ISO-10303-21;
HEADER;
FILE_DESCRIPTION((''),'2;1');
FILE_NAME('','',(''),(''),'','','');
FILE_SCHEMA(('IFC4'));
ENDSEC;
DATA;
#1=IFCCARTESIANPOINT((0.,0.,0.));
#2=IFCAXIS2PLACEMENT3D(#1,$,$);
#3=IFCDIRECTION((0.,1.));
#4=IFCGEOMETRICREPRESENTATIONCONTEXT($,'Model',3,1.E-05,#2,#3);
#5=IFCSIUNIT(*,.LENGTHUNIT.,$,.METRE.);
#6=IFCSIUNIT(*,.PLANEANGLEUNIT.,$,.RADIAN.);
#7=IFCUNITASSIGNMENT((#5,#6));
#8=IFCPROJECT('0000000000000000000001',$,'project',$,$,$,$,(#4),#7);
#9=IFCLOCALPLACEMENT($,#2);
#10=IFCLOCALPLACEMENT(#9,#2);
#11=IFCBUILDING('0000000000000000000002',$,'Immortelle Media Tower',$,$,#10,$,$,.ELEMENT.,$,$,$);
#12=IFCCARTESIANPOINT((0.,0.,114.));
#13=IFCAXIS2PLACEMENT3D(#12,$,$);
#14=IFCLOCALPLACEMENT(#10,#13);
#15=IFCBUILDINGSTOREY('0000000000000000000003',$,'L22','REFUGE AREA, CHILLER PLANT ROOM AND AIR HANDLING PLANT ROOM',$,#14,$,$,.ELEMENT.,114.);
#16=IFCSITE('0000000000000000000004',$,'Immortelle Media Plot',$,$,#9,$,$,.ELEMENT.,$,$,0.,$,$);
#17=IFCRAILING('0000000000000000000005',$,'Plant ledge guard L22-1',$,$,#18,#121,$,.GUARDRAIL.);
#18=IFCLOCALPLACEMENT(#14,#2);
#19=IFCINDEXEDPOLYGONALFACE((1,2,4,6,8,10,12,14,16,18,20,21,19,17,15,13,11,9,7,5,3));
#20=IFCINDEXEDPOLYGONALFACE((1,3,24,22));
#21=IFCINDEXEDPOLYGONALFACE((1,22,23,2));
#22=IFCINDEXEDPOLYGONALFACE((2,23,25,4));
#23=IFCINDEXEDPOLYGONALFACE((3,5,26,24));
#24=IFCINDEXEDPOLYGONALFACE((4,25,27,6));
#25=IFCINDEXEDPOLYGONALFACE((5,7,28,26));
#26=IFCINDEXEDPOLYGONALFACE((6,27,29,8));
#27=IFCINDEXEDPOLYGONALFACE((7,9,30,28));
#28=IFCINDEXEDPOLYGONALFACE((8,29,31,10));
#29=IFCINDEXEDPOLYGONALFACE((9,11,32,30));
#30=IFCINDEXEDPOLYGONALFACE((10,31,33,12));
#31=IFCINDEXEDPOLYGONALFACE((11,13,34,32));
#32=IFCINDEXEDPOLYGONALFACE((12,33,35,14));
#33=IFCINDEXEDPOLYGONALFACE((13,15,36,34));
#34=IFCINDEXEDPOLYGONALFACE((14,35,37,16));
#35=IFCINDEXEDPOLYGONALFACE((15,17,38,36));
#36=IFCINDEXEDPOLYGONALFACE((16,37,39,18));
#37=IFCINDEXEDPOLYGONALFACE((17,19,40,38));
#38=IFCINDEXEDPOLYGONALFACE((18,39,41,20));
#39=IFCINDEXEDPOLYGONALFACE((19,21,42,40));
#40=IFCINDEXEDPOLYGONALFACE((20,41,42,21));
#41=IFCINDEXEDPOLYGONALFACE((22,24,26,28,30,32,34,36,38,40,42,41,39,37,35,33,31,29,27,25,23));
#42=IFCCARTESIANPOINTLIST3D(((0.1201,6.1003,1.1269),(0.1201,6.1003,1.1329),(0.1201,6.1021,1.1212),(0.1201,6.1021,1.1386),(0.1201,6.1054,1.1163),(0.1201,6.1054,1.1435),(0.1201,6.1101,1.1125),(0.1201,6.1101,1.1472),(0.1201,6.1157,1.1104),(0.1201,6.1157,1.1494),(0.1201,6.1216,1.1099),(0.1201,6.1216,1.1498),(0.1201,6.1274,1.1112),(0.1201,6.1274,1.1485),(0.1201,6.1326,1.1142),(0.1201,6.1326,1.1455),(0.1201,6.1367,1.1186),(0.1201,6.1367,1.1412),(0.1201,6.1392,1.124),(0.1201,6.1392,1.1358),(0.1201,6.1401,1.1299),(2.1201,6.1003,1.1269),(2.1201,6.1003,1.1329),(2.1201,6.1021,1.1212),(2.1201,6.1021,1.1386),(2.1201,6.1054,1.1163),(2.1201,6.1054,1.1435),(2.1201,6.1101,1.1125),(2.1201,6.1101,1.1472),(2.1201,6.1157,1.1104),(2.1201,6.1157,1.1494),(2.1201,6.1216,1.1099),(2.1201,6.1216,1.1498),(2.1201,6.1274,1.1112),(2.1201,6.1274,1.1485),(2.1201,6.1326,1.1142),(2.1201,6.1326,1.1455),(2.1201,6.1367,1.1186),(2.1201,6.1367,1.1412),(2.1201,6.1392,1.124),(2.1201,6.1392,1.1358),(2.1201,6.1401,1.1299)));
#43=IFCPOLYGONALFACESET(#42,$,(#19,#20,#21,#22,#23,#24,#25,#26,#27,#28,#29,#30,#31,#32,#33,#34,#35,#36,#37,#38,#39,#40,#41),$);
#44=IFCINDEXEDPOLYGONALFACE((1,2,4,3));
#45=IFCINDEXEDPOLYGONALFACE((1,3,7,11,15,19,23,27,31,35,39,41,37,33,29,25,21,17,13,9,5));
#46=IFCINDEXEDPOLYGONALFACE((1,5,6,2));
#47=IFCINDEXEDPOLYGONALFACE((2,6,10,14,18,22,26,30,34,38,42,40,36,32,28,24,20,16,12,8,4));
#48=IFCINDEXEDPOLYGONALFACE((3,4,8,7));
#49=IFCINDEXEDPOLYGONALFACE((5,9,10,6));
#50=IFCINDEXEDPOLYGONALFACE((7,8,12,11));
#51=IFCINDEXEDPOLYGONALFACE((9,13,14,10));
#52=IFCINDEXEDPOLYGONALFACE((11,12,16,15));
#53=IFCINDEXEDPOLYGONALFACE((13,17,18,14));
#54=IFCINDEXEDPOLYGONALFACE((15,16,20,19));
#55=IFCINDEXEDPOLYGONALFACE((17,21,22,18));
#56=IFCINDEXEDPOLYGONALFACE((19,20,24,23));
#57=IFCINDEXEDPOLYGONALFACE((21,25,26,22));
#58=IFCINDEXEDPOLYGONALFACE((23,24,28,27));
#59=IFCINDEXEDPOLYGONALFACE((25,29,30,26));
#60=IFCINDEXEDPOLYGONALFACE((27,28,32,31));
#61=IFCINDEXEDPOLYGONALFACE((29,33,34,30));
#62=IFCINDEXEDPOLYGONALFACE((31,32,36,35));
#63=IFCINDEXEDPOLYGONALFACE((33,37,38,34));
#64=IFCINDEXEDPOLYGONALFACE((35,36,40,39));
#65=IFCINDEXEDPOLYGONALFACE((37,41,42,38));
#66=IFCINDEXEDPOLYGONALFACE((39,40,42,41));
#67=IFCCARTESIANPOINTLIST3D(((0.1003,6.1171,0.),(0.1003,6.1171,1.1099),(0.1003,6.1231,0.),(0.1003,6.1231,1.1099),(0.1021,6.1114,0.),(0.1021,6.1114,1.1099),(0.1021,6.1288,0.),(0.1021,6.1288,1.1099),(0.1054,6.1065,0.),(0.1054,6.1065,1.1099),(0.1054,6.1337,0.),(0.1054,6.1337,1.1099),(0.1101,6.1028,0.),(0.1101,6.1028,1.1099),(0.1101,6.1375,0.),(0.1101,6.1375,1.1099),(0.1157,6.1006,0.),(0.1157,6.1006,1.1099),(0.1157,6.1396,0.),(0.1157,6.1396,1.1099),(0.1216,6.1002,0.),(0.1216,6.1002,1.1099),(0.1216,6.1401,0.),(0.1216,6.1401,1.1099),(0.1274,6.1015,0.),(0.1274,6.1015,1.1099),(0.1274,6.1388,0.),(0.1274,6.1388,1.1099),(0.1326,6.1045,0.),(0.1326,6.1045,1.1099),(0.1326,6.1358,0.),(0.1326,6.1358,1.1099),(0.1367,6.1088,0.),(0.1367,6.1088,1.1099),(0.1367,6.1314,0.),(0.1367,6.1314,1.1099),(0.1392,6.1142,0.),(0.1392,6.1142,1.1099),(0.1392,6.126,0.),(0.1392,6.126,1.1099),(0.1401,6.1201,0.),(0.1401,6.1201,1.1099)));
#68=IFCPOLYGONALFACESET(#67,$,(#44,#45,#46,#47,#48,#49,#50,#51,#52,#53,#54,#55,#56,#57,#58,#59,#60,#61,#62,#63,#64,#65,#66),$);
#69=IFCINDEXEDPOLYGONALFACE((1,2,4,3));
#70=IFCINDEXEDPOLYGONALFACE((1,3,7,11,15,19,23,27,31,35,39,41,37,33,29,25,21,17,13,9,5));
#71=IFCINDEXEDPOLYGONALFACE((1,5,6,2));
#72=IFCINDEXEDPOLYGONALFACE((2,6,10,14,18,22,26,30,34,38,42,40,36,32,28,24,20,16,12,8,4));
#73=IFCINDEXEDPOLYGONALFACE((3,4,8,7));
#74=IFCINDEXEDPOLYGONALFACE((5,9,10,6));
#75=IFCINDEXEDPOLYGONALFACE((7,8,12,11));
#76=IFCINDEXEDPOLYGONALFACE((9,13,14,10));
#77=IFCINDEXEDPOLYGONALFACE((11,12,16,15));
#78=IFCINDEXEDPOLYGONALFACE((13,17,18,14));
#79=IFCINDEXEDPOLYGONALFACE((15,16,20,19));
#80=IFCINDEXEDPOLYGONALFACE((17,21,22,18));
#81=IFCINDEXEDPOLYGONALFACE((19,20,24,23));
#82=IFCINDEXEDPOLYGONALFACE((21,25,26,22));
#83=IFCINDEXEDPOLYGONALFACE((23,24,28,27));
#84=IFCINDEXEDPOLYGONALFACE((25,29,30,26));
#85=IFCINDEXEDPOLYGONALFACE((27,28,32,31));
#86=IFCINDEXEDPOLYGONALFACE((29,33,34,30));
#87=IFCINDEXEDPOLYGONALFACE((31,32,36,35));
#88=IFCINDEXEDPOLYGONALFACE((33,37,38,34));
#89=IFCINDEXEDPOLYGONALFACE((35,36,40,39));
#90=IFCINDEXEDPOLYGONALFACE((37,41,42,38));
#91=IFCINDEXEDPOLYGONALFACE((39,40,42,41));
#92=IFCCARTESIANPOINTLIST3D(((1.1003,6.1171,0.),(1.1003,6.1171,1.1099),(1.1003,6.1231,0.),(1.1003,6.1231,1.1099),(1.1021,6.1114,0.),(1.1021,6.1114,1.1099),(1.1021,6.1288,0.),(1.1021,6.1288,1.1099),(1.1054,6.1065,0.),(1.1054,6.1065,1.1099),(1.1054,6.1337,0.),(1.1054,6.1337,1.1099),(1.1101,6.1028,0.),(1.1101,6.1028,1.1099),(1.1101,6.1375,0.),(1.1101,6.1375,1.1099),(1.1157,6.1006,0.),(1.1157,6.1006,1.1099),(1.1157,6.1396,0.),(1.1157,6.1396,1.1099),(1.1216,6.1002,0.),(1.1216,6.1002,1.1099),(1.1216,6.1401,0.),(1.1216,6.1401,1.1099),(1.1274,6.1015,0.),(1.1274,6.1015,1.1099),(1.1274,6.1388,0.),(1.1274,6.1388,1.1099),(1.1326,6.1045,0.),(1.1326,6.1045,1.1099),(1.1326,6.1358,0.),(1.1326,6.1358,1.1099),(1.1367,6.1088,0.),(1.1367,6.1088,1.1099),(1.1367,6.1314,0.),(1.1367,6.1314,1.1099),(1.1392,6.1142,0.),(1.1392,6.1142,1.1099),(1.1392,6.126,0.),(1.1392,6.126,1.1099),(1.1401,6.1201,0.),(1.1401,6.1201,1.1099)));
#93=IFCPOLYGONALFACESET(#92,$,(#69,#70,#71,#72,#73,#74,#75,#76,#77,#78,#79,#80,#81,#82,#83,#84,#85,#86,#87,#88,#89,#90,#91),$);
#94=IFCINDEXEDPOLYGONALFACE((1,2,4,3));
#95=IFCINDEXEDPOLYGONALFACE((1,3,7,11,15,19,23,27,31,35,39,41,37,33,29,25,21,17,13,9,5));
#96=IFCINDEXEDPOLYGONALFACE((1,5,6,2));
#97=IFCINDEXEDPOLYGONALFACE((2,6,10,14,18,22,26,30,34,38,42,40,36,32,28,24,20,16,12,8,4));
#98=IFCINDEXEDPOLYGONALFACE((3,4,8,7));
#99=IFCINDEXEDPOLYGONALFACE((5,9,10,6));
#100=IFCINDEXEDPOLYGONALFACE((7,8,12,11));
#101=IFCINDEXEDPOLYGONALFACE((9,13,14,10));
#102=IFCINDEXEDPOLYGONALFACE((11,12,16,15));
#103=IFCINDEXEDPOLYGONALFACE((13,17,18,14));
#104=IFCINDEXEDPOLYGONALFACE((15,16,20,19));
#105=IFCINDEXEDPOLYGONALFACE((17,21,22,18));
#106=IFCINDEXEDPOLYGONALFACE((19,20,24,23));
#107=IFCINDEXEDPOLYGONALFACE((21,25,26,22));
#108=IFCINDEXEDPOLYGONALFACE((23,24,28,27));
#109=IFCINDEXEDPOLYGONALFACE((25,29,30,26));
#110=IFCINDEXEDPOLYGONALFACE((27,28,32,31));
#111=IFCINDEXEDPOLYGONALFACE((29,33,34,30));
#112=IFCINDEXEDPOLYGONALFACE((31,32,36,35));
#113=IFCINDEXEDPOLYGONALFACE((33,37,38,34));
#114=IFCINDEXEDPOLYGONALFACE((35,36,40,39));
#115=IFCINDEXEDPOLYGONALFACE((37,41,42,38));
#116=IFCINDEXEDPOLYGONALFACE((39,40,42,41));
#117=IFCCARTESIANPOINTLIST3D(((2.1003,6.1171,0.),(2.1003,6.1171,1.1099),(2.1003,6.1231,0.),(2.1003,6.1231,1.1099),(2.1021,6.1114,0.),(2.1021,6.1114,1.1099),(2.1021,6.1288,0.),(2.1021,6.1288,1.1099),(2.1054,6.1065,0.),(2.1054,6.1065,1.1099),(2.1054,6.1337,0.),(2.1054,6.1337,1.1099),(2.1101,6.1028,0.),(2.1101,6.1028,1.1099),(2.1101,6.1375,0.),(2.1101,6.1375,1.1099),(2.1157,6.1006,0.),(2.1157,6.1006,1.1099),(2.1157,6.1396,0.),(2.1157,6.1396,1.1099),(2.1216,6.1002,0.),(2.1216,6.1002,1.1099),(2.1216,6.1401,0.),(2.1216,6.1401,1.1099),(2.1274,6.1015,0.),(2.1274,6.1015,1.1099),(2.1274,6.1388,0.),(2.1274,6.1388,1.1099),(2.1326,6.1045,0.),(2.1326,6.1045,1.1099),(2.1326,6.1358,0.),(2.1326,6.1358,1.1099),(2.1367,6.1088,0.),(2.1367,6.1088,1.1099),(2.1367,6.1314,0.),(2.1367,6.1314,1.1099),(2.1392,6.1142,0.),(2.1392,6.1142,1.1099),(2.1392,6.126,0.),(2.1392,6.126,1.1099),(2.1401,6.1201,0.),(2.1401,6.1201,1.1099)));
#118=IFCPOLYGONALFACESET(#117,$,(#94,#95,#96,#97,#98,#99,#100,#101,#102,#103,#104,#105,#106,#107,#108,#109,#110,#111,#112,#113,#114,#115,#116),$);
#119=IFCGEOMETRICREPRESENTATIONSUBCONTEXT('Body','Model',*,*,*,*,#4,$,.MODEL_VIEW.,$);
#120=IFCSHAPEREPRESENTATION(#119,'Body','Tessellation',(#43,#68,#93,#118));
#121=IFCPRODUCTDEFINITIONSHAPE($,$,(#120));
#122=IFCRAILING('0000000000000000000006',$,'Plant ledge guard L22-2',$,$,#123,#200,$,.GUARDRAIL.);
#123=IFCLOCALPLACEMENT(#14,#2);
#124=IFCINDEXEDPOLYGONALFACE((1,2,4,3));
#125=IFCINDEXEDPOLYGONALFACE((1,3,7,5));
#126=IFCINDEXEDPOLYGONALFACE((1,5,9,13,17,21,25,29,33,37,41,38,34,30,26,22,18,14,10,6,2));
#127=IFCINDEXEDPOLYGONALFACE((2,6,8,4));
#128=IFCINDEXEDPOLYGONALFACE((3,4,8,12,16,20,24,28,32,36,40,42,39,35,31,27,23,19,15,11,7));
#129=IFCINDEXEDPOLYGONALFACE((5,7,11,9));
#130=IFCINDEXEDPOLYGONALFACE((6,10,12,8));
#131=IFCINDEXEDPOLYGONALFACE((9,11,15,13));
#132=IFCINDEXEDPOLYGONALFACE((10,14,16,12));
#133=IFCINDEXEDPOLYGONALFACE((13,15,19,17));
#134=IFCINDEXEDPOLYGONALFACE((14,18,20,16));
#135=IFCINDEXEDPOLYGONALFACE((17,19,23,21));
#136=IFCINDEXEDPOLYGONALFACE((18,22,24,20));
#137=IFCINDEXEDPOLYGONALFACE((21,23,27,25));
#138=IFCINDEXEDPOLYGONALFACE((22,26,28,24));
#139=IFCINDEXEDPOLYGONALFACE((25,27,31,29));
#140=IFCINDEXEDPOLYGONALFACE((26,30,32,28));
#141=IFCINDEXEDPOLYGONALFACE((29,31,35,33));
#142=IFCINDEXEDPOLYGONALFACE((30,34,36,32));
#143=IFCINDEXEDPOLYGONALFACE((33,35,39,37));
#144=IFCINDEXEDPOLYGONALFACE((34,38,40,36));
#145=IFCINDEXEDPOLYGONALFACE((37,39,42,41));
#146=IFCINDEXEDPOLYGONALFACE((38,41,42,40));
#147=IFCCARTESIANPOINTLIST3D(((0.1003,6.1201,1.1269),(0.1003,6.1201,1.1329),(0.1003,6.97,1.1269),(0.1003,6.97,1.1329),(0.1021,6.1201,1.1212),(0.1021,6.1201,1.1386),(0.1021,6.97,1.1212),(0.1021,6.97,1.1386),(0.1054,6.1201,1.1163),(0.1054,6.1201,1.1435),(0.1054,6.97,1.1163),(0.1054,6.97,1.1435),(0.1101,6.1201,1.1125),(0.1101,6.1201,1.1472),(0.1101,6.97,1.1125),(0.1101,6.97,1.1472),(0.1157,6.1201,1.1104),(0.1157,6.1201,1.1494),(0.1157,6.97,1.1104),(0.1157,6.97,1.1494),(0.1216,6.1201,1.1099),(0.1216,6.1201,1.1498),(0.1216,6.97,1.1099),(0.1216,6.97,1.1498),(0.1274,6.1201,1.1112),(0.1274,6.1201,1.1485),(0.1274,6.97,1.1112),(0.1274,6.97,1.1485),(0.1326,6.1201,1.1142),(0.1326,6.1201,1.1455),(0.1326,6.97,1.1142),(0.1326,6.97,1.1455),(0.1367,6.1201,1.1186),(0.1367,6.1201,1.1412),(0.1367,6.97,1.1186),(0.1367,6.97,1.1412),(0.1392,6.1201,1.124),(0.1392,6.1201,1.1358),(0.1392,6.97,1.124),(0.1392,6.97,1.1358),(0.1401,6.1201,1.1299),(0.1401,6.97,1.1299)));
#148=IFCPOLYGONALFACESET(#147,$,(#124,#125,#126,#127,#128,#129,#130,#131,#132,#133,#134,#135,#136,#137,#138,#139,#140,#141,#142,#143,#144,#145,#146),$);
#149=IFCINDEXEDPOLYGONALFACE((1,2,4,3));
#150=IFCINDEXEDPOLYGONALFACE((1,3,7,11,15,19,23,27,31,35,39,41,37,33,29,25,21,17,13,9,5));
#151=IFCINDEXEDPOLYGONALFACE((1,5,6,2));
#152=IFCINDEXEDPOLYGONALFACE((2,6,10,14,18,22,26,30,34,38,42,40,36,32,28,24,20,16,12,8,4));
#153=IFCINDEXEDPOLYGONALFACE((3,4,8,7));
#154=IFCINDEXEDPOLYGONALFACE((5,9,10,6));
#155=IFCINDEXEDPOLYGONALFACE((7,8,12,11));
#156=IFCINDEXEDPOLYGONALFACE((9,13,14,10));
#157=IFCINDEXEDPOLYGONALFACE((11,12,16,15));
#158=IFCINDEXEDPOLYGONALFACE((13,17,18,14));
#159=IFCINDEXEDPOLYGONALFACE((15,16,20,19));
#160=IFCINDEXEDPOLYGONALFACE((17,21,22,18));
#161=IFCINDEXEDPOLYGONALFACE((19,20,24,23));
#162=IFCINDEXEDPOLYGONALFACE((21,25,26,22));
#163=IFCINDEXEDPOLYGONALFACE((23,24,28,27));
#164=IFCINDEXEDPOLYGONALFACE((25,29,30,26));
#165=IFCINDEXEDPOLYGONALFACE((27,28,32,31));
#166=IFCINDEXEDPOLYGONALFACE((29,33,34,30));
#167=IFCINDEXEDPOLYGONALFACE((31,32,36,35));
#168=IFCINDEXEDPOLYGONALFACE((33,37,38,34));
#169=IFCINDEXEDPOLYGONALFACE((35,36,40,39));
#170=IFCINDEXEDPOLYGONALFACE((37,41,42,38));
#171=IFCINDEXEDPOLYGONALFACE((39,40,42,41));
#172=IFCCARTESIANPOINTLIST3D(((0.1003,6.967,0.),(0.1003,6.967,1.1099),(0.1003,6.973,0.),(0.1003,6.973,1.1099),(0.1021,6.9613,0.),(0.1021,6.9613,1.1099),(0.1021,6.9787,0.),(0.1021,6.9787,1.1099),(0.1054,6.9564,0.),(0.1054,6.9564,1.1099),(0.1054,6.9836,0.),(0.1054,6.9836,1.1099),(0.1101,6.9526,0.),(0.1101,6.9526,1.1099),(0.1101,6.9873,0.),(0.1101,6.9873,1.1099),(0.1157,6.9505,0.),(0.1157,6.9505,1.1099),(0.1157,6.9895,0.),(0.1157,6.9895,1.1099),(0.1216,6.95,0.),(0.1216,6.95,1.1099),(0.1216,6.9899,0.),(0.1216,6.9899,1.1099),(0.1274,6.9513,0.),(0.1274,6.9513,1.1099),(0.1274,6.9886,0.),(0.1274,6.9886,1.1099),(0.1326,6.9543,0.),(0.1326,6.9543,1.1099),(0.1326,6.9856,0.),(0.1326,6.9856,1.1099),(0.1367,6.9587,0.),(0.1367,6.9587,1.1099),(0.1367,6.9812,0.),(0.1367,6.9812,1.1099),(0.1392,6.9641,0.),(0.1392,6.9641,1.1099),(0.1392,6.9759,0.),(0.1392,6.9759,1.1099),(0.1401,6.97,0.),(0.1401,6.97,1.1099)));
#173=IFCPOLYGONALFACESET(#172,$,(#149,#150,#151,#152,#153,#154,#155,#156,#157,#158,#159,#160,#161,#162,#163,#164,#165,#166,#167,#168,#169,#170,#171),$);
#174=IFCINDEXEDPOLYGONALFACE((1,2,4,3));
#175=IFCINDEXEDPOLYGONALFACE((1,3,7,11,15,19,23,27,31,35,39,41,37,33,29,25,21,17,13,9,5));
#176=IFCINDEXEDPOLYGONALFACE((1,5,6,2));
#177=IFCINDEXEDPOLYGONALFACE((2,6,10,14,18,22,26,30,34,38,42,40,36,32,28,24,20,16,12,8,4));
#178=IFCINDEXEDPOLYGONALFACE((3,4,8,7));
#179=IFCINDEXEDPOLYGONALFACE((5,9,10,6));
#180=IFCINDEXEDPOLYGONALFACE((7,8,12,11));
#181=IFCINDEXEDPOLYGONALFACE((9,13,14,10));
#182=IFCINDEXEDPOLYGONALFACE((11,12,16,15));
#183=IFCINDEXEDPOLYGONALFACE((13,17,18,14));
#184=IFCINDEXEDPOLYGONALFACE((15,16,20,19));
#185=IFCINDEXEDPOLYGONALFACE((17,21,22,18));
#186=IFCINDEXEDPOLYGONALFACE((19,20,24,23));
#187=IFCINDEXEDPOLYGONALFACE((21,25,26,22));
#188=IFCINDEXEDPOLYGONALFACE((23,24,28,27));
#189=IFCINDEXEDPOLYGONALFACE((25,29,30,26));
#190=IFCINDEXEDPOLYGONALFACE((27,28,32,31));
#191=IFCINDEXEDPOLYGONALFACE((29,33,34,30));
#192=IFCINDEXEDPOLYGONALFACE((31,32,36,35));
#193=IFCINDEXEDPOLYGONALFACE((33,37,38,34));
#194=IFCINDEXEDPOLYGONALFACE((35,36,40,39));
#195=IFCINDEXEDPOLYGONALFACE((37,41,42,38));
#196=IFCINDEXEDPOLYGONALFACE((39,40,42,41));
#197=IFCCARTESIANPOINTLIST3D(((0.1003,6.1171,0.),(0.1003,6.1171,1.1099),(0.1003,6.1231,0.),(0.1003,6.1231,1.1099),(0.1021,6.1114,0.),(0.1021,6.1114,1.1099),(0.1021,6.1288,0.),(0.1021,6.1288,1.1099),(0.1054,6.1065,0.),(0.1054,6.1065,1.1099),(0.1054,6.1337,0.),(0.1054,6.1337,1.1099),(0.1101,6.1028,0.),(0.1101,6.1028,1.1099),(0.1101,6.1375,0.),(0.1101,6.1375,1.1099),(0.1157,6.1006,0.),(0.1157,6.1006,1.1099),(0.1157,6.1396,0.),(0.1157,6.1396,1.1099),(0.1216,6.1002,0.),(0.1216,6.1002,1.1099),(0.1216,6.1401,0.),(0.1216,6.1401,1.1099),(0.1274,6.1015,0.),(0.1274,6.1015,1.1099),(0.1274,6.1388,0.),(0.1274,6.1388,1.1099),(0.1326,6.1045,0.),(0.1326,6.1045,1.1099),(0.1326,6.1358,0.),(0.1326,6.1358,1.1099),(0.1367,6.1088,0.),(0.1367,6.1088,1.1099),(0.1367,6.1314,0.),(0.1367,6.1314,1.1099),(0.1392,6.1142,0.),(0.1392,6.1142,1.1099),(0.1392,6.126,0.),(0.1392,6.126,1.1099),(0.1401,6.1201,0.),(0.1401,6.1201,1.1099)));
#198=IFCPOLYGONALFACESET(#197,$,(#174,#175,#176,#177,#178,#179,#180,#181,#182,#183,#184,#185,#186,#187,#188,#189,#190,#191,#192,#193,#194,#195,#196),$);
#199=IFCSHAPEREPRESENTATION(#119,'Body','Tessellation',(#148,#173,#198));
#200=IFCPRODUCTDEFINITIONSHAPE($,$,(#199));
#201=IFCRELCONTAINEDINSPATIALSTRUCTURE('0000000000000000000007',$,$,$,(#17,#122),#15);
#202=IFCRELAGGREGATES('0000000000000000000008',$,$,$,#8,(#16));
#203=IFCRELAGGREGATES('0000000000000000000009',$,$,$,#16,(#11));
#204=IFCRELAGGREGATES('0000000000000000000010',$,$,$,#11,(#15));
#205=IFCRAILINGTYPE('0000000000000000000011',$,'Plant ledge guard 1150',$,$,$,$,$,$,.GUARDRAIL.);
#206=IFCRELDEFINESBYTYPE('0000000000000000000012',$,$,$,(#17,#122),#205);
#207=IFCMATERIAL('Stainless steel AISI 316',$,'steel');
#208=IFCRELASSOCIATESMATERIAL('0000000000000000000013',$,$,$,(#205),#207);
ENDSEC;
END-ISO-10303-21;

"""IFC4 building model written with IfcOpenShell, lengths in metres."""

from ifc_helpers import new_model, si_unit, direction, frame, origin, origin_2d, place, context, subcontext, project, spatial, circle, extrude, material, type_object, element, save


model = new_model("IFC4")

# Units and contexts
model_context = context("Model", 3, precision=1e-05, world=origin(), true_north=direction((0.0, 1.0)))
body_context = subcontext(model_context, "Body", "Model", "MODEL_VIEW")
ifc_project = project(units=[si_unit("LENGTHUNIT", "METRE"), si_unit("PLANEANGLEUNIT", "RADIAN")], contexts=[model_context])

# Site, building, storey
site_placement = place(None, origin())
site = spatial("IfcSite", under=ifc_project, at=site_placement, Name="Immortelle Media Plot", CompositionType="ELEMENT", RefElevation=0.0)
building_placement = place(site_placement, origin())
building = spatial("IfcBuilding", under=site, at=building_placement, Name="Immortelle Media Tower", CompositionType="ELEMENT")
storey_placement = place(building_placement, frame((0.0, 0.0, 114.0)))
storey = spatial("IfcBuildingStorey", under=building, at=storey_placement, Name="L22", Description="REFUGE AREA, CHILLER PLANT ROOM AND AIR HANDLING PLANT ROOM", CompositionType="ELEMENT", Elevation=114.0)

# Railings
ifc_material_1 = material(Name="Stainless steel AISI 316", Category="steel")
railing_type = type_object("IfcRailingType", Name="Plant ledge guard 1150", PredefinedType="GUARDRAIL", material=ifc_material_1)
railing_1_placement = place(storey_placement, frame((0.1201, 6.1201, 0.0)))
element("IfcRailing", 1, at=railing_1_placement, inside=storey, type_object=railing_type, Name="Plant ledge guard L22-1", PredefinedType="GUARDRAIL", context=body_context, shape_type="SweptSolid", body=[
    extrude(circle(Radius=0.02, at=origin_2d()), frame((0.0, 0.0, 1.1299), z_axis=(1.0, 0.0, 0.0), x_axis=(0.0, 1.0, 0.0)), (0.0, 0.0, 1.0), 2.0),
    extrude(circle(Radius=0.02, at=origin_2d()), origin(), (0.0, 0.0, 1.0), 1.1099),
    extrude(circle(Radius=0.02, at=origin_2d()), frame((1.0, 0.0, 0.0)), (0.0, 0.0, 1.0), 1.1099),
    extrude(circle(Radius=0.02, at=origin_2d()), frame((2.0, 0.0, 0.0)), (0.0, 0.0, 1.0), 1.1099),
])
railing_2_placement = place(storey_placement, frame((0.1201, 6.97, 0.0)))
element("IfcRailing", 2, at=railing_2_placement, inside=storey, type_object=railing_type, Name="Plant ledge guard L22-2", PredefinedType="GUARDRAIL", context=body_context, shape_type="SweptSolid", body=[
    extrude(circle(Radius=0.02, at=origin_2d()), frame((0.0, 0.0, 1.1299), z_axis=(0.0, -1.0, 0.0), x_axis=(1.0, 0.0, 0.0)), (0.0, 0.0, 1.0), 0.8499),
    extrude(circle(Radius=0.02, at=origin_2d()), origin(), (0.0, 0.0, 1.0), 1.1099),
    extrude(circle(Radius=0.02, at=origin_2d()), frame((0.0, -0.8499, 0.0)), (0.0, 0.0, 1.0), 1.1099),
])

save(model, "model.ifc")
